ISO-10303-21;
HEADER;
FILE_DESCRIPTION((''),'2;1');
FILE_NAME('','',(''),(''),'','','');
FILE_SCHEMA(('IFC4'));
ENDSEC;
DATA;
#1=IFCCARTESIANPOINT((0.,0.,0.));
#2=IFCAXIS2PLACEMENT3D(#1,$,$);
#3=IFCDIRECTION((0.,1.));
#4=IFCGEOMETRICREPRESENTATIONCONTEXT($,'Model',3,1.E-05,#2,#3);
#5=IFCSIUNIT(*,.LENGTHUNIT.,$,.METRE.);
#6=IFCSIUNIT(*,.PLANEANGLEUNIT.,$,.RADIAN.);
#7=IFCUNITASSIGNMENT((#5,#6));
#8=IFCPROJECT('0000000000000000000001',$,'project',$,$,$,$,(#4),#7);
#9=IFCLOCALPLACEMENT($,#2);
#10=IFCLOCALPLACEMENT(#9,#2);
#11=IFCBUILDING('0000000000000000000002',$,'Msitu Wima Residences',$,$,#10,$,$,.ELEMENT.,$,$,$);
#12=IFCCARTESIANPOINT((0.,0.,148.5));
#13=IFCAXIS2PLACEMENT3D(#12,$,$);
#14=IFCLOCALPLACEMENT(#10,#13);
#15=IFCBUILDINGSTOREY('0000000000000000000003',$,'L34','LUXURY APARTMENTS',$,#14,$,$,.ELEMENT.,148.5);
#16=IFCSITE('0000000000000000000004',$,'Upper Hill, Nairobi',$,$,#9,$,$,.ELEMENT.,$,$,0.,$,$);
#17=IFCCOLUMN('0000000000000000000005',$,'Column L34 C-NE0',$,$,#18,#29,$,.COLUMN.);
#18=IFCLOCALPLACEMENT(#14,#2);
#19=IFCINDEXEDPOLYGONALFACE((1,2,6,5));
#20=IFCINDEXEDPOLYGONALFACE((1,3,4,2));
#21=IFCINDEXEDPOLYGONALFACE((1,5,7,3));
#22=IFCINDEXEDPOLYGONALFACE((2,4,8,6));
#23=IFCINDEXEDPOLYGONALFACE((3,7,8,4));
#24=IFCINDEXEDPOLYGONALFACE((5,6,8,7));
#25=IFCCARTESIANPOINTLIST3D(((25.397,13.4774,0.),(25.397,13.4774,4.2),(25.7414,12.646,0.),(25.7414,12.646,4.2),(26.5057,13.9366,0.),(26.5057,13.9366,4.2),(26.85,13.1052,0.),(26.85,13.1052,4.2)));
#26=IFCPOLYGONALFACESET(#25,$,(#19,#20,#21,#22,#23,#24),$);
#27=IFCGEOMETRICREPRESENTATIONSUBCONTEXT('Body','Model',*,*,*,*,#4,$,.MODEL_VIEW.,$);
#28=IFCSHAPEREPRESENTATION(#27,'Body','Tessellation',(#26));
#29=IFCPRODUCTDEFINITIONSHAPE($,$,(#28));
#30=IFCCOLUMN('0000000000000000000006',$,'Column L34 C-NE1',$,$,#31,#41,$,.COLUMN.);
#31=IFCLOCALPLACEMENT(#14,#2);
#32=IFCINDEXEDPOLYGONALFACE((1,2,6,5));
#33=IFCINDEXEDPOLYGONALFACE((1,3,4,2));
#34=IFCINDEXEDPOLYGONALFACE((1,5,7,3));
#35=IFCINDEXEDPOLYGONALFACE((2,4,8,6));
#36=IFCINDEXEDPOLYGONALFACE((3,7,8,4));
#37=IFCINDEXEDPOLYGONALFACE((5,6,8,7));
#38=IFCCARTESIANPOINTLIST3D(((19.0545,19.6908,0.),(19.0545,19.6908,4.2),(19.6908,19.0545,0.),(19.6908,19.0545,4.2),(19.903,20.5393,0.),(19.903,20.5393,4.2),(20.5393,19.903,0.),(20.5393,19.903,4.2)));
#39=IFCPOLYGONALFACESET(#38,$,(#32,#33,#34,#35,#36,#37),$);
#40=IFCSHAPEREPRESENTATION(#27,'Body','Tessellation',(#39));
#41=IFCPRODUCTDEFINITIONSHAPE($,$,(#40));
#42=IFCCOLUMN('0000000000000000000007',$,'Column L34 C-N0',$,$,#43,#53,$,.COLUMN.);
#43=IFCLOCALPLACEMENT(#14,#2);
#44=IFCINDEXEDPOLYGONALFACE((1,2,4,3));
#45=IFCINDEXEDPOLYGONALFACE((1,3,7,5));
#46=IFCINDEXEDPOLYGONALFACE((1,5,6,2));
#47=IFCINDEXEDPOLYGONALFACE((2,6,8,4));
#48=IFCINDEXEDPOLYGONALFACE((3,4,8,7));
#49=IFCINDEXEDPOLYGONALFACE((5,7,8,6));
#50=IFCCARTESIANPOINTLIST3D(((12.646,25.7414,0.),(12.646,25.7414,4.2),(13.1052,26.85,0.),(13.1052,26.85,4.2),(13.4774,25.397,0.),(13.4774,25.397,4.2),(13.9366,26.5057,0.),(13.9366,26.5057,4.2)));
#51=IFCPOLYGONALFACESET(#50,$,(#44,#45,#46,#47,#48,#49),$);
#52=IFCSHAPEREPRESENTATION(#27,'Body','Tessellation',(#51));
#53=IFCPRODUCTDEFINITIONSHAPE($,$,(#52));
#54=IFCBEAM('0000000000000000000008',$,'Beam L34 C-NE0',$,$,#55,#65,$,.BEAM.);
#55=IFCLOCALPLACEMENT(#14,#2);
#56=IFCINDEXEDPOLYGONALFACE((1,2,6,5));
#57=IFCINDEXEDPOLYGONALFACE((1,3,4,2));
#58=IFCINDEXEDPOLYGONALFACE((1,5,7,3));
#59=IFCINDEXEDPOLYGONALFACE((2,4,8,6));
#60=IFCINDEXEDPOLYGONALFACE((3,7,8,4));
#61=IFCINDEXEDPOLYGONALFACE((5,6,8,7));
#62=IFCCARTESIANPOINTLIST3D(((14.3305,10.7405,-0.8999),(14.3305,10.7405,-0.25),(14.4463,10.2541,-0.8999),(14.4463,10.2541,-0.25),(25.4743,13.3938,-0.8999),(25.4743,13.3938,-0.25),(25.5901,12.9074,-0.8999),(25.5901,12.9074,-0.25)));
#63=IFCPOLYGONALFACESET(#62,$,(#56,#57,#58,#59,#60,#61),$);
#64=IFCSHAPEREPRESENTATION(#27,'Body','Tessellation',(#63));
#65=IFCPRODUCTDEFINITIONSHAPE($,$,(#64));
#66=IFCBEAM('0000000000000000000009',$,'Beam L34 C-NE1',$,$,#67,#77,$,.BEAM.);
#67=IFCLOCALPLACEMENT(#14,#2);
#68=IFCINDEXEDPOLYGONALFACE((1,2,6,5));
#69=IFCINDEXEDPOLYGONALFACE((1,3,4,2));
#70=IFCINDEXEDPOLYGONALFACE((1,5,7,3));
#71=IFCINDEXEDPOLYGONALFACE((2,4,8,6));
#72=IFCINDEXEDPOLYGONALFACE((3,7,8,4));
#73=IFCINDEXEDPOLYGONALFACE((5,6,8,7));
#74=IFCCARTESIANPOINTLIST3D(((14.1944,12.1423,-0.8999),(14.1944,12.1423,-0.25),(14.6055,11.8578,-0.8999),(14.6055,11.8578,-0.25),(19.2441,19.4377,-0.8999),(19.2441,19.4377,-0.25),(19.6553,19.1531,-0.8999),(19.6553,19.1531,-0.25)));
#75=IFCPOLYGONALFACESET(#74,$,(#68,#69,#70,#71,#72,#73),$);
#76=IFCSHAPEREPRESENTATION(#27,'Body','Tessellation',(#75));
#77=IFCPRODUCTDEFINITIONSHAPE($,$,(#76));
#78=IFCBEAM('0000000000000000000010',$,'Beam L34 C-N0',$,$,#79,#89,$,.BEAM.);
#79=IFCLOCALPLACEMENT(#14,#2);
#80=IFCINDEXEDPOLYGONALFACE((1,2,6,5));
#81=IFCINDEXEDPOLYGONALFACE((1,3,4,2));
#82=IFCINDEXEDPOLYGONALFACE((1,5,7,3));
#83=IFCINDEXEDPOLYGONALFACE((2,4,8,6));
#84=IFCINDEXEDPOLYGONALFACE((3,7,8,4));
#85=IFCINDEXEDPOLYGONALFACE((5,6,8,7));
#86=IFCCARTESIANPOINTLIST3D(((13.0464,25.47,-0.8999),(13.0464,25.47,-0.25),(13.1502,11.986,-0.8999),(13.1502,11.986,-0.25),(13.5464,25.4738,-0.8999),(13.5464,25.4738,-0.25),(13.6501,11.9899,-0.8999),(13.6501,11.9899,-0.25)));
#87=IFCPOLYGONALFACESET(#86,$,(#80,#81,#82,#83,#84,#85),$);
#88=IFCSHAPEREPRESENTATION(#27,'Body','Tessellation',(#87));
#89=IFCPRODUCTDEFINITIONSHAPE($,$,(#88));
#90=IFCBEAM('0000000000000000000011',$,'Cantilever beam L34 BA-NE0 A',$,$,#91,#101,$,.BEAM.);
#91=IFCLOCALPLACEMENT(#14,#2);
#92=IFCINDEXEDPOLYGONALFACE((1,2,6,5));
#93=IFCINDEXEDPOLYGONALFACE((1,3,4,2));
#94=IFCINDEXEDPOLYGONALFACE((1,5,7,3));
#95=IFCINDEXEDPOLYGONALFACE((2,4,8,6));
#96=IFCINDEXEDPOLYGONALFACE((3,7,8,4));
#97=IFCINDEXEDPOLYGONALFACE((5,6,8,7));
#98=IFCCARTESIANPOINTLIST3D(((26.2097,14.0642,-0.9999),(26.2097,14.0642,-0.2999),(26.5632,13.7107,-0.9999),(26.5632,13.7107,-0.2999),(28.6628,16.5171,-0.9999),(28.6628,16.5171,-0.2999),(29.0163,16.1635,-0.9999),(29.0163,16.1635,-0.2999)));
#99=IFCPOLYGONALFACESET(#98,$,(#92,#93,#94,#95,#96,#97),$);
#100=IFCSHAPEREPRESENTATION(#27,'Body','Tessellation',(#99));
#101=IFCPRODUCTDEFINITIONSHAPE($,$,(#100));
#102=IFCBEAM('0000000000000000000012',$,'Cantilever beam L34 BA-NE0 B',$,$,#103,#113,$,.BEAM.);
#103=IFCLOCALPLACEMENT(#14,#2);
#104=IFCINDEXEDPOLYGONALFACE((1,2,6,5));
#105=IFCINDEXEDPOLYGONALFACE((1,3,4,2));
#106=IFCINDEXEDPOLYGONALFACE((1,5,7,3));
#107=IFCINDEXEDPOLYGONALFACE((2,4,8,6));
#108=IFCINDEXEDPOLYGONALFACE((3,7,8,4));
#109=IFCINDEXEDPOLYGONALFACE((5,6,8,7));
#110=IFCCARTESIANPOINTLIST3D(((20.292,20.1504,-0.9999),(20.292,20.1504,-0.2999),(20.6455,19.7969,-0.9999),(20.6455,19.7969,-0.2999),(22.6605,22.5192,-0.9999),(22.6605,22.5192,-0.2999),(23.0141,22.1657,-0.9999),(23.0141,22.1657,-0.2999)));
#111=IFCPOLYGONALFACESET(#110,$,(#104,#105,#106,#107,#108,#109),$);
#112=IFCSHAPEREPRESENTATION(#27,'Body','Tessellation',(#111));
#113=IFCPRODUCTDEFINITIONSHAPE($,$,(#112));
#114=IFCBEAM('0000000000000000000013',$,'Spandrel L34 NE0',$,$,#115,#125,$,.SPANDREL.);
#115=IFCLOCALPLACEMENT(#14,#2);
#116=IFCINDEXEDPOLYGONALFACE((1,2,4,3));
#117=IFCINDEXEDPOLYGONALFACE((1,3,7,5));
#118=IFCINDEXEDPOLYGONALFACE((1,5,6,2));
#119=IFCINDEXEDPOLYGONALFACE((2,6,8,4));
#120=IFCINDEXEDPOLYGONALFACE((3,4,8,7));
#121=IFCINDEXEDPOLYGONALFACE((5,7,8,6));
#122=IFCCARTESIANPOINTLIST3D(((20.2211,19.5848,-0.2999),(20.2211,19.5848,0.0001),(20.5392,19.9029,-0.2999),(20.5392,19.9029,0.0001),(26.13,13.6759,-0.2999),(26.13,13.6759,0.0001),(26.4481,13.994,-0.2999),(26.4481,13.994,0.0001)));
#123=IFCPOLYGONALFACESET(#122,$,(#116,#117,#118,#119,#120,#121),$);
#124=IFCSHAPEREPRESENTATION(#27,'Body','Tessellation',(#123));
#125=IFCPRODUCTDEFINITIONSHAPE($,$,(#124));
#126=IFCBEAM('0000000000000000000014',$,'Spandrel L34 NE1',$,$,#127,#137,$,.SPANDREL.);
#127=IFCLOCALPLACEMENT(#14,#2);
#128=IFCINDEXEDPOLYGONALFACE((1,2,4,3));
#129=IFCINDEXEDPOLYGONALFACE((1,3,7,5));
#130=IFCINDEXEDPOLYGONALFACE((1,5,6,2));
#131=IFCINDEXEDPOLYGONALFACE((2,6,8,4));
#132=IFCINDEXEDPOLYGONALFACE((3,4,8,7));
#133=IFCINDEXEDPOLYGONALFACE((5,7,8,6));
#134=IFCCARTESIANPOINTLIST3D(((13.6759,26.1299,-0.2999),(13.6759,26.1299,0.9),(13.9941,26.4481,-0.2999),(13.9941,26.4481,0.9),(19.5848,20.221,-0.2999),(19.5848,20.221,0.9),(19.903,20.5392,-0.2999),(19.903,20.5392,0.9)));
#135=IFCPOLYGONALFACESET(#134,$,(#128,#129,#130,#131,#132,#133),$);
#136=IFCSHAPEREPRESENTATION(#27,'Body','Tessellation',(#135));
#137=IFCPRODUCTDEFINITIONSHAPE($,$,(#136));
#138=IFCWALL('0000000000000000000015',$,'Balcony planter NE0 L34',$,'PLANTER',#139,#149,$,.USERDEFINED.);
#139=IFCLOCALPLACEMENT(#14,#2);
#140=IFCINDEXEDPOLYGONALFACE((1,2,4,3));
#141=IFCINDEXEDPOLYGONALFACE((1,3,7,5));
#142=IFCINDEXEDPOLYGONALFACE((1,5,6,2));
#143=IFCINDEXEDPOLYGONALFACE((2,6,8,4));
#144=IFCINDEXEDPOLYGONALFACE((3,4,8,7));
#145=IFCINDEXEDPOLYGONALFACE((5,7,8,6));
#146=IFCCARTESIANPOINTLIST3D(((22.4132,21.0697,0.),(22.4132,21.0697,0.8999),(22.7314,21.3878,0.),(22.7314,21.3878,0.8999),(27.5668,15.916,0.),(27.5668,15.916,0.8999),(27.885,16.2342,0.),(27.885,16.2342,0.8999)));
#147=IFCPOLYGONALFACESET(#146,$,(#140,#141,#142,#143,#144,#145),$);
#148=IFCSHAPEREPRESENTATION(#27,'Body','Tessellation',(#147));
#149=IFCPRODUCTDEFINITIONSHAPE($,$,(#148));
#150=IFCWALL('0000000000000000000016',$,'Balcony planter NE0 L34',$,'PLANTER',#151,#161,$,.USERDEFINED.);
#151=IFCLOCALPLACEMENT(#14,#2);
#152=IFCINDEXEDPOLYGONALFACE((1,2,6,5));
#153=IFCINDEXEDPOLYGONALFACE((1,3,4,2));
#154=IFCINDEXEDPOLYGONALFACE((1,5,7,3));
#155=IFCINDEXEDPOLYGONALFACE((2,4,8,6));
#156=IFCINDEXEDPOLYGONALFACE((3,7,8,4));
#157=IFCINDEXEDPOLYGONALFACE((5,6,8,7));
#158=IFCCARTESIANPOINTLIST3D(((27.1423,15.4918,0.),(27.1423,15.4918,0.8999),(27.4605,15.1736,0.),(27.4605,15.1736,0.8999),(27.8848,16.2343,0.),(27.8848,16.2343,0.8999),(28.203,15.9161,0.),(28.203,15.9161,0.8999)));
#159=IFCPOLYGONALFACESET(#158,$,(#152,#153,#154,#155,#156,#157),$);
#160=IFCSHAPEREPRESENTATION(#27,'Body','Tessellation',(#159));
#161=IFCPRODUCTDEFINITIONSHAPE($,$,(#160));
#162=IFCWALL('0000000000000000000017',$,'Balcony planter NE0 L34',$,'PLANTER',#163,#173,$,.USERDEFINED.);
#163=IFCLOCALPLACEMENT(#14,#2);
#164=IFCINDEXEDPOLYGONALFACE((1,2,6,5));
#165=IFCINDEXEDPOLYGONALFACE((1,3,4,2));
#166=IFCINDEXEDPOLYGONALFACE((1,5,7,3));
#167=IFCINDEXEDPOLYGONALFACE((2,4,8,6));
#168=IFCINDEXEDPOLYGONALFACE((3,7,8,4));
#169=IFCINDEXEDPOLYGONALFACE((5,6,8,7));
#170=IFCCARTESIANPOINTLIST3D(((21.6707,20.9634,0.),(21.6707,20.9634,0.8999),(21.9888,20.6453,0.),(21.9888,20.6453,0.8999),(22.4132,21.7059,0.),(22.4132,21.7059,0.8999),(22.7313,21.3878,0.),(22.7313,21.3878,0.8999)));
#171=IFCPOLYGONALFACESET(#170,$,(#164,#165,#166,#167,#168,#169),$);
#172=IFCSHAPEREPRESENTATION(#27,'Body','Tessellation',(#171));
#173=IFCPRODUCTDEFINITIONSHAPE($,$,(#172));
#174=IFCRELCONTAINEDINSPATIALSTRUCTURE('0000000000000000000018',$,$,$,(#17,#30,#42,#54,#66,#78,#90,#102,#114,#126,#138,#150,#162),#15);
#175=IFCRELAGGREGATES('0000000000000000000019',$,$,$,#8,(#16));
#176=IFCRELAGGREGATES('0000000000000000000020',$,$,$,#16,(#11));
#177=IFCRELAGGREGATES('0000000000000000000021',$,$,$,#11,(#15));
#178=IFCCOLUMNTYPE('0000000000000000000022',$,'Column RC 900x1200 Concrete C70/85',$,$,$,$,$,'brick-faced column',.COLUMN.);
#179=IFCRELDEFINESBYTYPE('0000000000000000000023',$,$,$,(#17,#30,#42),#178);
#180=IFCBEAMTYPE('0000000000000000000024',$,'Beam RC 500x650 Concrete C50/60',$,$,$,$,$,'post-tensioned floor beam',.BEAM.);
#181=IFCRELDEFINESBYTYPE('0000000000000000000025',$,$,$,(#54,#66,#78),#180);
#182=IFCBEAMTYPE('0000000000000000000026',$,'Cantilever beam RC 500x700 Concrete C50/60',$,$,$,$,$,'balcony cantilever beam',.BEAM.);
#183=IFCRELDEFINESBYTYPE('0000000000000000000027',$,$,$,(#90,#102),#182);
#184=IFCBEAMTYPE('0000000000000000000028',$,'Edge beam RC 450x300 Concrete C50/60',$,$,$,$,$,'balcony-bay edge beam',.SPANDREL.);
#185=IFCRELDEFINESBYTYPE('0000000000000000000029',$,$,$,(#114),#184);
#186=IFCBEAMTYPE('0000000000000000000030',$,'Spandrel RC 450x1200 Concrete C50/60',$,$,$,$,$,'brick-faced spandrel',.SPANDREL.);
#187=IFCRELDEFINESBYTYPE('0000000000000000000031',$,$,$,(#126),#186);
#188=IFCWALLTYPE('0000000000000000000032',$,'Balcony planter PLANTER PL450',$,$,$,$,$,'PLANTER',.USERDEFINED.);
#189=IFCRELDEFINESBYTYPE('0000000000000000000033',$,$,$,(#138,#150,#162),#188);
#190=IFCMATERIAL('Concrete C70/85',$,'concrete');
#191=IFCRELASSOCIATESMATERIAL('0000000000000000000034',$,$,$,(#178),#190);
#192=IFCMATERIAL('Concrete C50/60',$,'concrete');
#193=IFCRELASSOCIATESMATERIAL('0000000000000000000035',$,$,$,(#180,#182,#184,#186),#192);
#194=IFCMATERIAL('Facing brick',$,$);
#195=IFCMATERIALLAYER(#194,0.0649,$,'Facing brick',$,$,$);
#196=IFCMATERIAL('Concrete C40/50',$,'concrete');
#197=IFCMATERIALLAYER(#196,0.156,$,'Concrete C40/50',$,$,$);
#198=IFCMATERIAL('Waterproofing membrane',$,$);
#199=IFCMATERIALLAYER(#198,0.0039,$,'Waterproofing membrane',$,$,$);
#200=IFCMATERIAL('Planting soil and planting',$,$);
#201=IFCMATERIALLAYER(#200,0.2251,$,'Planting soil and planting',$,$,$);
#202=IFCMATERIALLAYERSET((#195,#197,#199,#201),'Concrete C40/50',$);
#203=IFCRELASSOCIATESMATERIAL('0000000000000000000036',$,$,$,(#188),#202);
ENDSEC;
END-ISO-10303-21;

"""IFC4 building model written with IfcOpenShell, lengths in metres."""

from ifc_helpers import new_model, si_unit, direction, frame, frame_2d, origin, origin_2d, place, context, subcontext, project, spatial, rectangle, extrude, material, layer, layer_set, material_profile, profile_set, type_object, element, save


model = new_model("IFC4")

# Units and contexts
model_context = context("Model", 3, precision=1e-05, world=origin(), true_north=direction((0.0, 1.0)))
body_context = subcontext(model_context, "Body", "Model", "MODEL_VIEW")
ifc_project = project(units=[si_unit("LENGTHUNIT", "METRE"), si_unit("PLANEANGLEUNIT", "RADIAN")], contexts=[model_context])

# Site, building, storey
site_placement = place(None, origin())
site = spatial("IfcSite", under=ifc_project, at=site_placement, Name="Upper Hill, Nairobi", CompositionType="ELEMENT", RefElevation=0.0)
building_placement = place(site_placement, origin())
building = spatial("IfcBuilding", under=site, at=building_placement, Name="Msitu Wima Residences", CompositionType="ELEMENT")
storey_placement = place(building_placement, frame((0.0, 0.0, 148.5)))
storey = spatial("IfcBuildingStorey", under=building, at=storey_placement, Name="L34", Description="LUXURY APARTMENTS", CompositionType="ELEMENT", Elevation=148.5)

# Columns
ifc_material_1 = material(Name="Concrete C70/85", Category="concrete")
ifc_material_profile_1 = material_profile(ifc_material_1, rectangle(XDim=0.8999, YDim=1.2, at=origin_2d()), Name="RC 900x1200")
ifc_profile_set_1 = profile_set([ifc_material_profile_1], Name="Concrete C70/85")
column_type = type_object("IfcColumnType", Name="Column RC 900x1200 Concrete C70/85", ElementType="brick-faced column", PredefinedType="COLUMN", material=ifc_profile_set_1)
for number, where, z_axis, x_axis, name in (
    (1, (26.1235, 13.2913, 0.0), (0.0, 0.0, 1.0), (-0.382683, 0.92388, 0.0), "Column L34 C-NE0"),
    (2, (19.7969, 19.7969, 0.0), (0.0, 0.0, 1.0), (-0.707107, 0.707107, 0.0), "Column L34 C-NE1"),
    (3, (13.2913, 26.1235, 0.0), (0.0, 0.0, 1.0), (-0.92388, 0.382683, 0.0), "Column L34 C-N0"),
):
    element("IfcColumn", number, at=place(storey_placement, frame(where, z_axis=z_axis, x_axis=x_axis)), inside=storey, type_object=column_type, Name=name, PredefinedType="COLUMN", context=body_context, shape_type="SweptSolid", body=[
        extrude(rectangle(XDim=0.8999, YDim=1.2, at=origin_2d()), origin(), (0.0, 0.0, 1.0), 4.2),
    ])

# Beams
ifc_material_2 = material(Name="Concrete C50/60", Category="concrete")
ifc_material_profile_2 = material_profile(ifc_material_2, rectangle(XDim=0.5, YDim=0.6499, at=origin_2d()), Name="RC 500x650")
ifc_profile_set_2 = profile_set([ifc_material_profile_2], Name="Concrete C50/60")
beam_type_1 = type_object("IfcBeamType", Name="Beam RC 500x650 Concrete C50/60", ElementType="post-tensioned floor beam", PredefinedType="BEAM", material=ifc_profile_set_2)
beam_1_placement = place(storey_placement, frame((25.5322, 13.1506, -0.575), z_axis=(-0.972806, -0.231623, 0.0), x_axis=(0.231623, -0.972806, 0.0)))
element("IfcBeam", 4, at=beam_1_placement, inside=storey, type_object=beam_type_1, Name="Beam L34 C-NE0", PredefinedType="BEAM", context=body_context, shape_type="SweptSolid", body=[
    extrude(rectangle(XDim=0.5, YDim=0.6499, at=origin_2d()), origin(), (0.0, 0.0, 1.0), 11.4553),
])
beam_2_placement = place(storey_placement, frame((19.4497, 19.2954, -0.575), z_axis=(-0.569144, -0.822238, 0.0), x_axis=(0.822238, -0.569144, 0.0)))
element("IfcBeam", 5, at=beam_2_placement, inside=storey, type_object=beam_type_1, Name="Beam L34 C-NE1", PredefinedType="BEAM", context=body_context, shape_type="SweptSolid", body=[
    extrude(rectangle(XDim=0.5, YDim=0.6499, at=origin_2d()), origin(), (0.0, 0.0, 1.0), 8.8726),
])
beam_3_placement = place(storey_placement, frame((13.2964, 25.4719, -0.575), z_axis=(0.007695, -0.99997, 0.0), x_axis=(0.99997, 0.007695, 0.0)))
element("IfcBeam", 6, at=beam_3_placement, inside=storey, type_object=beam_type_1, Name="Beam L34 C-N0", PredefinedType="BEAM", context=body_context, shape_type="SweptSolid", body=[
    extrude(rectangle(XDim=0.5, YDim=0.6499, at=origin_2d()), origin(), (0.0, 0.0, 1.0), 13.4844),
])
ifc_material_profile_3 = material_profile(ifc_material_2, rectangle(XDim=0.5, YDim=0.7, at=origin_2d()), Name="RC 500x700")
ifc_profile_set_3 = profile_set([ifc_material_profile_3], Name="Concrete C50/60")
beam_type_2 = type_object("IfcBeamType", Name="Cantilever beam RC 500x700 Concrete C50/60", ElementType="balcony cantilever beam", PredefinedType="BEAM", material=ifc_profile_set_3)
beam_4_placement = place(storey_placement, frame((26.3865, 13.8875, -0.6499), z_axis=(0.707142, 0.707072, 0.0), x_axis=(-0.707072, 0.707142, 0.0)))
element("IfcBeam", 7, at=beam_4_placement, inside=storey, type_object=beam_type_2, Name="Cantilever beam L34 BA-NE0 A", PredefinedType="BEAM", context=body_context, shape_type="SweptSolid", body=[
    extrude(rectangle(XDim=0.5, YDim=0.7, at=origin_2d()), origin(), (0.0, 0.0, 1.0), 3.469),
])
beam_5_placement = place(storey_placement, frame((20.4688, 19.9736, -0.6499), z_axis=(0.70707, 0.707143, 0.0), x_axis=(-0.707143, 0.70707, 0.0)))
element("IfcBeam", 8, at=beam_5_placement, inside=storey, type_object=beam_type_2, Name="Cantilever beam L34 BA-NE0 B", PredefinedType="BEAM", context=body_context, shape_type="SweptSolid", body=[
    extrude(rectangle(XDim=0.5, YDim=0.7, at=origin_2d()), origin(), (0.0, 0.0, 1.0), 3.3499),
])
ifc_material_profile_4 = material_profile(ifc_material_2, rectangle(XDim=0.45, YDim=0.3, at=origin_2d()), Name="RC 450x300")
ifc_profile_set_4 = profile_set([ifc_material_profile_4], Name="Concrete C50/60")
beam_type_3 = type_object("IfcBeamType", Name="Edge beam RC 450x300 Concrete C50/60", ElementType="balcony-bay edge beam", PredefinedType="SPANDREL", material=ifc_profile_set_4)
beam_6_placement = place(storey_placement, frame((26.2891, 13.835, -0.1499), z_axis=(-0.707107, 0.707107, 0.0), x_axis=(-0.707107, -0.707107, 0.0)))
element("IfcBeam", 9, at=beam_6_placement, inside=storey, type_object=beam_type_3, Name="Spandrel L34 NE0", PredefinedType="SPANDREL", context=body_context, shape_type="SweptSolid", body=[
    extrude(rectangle(XDim=0.45, YDim=0.3, at=origin_2d()), origin(), (0.0, 0.0, 1.0), 8.3564),
])
ifc_material_profile_5 = material_profile(ifc_material_2, rectangle(XDim=0.45, YDim=1.2, at=origin_2d()), Name="RC 450x1200")
ifc_profile_set_5 = profile_set([ifc_material_profile_5], Name="Concrete C50/60")
beam_type_4 = type_object("IfcBeamType", Name="Spandrel RC 450x1200 Concrete C50/60", ElementType="brick-faced spandrel", PredefinedType="SPANDREL", material=ifc_profile_set_5)
beam_7_placement = place(storey_placement, frame((19.7439, 20.3801, 0.3), z_axis=(-0.707107, 0.707107, 0.0), x_axis=(-0.707107, -0.707107, 0.0)))
element("IfcBeam", 10, at=beam_7_placement, inside=storey, type_object=beam_type_4, Name="Spandrel L34 NE1", PredefinedType="SPANDREL", context=body_context, shape_type="SweptSolid", body=[
    extrude(rectangle(XDim=0.45, YDim=1.2, at=origin_2d()), origin(), (0.0, 0.0, 1.0), 8.3564),
])

# Walls
ifc_material_3 = material(Name="Facing brick")
ifc_layer_1 = layer(ifc_material_3, 0.0649, Name="Facing brick")
ifc_material_4 = material(Name="Concrete C40/50", Category="concrete")
ifc_layer_2 = layer(ifc_material_4, 0.156, Name="Concrete C40/50")
ifc_material_5 = material(Name="Waterproofing membrane")
ifc_layer_3 = layer(ifc_material_5, 0.0039, Name="Waterproofing membrane")
ifc_material_6 = material(Name="Planting soil and planting")
ifc_layer_4 = layer(ifc_material_6, 0.2251, Name="Planting soil and planting")
ifc_layer_set_1 = layer_set([ifc_layer_1, ifc_layer_2, ifc_layer_3, ifc_layer_4], Name="Concrete C40/50")
wall_type_1 = type_object("IfcWallType", Name="Balcony planter PLANTER PL450", ElementType="PLANTER", PredefinedType="USERDEFINED", material=ifc_layer_set_1)
wall_1_placement = place(storey_placement, frame((27.7258, 16.0752, 0.0), z_axis=(0.0, 0.0, 1.0), x_axis=(-0.707107, 0.707107, 0.0)))
element("IfcWall", 11, at=wall_1_placement, inside=storey, type_object=wall_type_1, Name="Balcony planter NE0 L34", ObjectType="PLANTER", PredefinedType="USERDEFINED", context=body_context, shape_type="SweptSolid", body=[
    extrude(rectangle(XDim=7.2883, YDim=0.45, at=frame_2d((3.644, 0.0))), origin(), (0.0, 0.0, 1.0), 0.8999),
])
for number, where, z_axis, x_axis, name in (
    (12, (27.3015, 15.3328, 0.0), (0.0, 0.0, 1.0), (0.707107, 0.707107, 0.0), "Balcony planter NE0 L34"),
    (13, (21.8298, 20.8044, 0.0), (0.0, 0.0, 1.0), (0.707107, 0.707107, 0.0), "Balcony planter NE0 L34"),
):
    element("IfcWall", number, at=place(storey_placement, frame(where, z_axis=z_axis, x_axis=x_axis)), inside=storey, type_object=wall_type_1, Name=name, ObjectType="PLANTER", PredefinedType="USERDEFINED", context=body_context, shape_type="SweptSolid", body=[
        extrude(rectangle(XDim=1.05, YDim=0.45, at=frame_2d((0.5249, 0.0))), origin(), (0.0, 0.0, 1.0), 0.8999),
    ])

save(model, "model.ifc")
